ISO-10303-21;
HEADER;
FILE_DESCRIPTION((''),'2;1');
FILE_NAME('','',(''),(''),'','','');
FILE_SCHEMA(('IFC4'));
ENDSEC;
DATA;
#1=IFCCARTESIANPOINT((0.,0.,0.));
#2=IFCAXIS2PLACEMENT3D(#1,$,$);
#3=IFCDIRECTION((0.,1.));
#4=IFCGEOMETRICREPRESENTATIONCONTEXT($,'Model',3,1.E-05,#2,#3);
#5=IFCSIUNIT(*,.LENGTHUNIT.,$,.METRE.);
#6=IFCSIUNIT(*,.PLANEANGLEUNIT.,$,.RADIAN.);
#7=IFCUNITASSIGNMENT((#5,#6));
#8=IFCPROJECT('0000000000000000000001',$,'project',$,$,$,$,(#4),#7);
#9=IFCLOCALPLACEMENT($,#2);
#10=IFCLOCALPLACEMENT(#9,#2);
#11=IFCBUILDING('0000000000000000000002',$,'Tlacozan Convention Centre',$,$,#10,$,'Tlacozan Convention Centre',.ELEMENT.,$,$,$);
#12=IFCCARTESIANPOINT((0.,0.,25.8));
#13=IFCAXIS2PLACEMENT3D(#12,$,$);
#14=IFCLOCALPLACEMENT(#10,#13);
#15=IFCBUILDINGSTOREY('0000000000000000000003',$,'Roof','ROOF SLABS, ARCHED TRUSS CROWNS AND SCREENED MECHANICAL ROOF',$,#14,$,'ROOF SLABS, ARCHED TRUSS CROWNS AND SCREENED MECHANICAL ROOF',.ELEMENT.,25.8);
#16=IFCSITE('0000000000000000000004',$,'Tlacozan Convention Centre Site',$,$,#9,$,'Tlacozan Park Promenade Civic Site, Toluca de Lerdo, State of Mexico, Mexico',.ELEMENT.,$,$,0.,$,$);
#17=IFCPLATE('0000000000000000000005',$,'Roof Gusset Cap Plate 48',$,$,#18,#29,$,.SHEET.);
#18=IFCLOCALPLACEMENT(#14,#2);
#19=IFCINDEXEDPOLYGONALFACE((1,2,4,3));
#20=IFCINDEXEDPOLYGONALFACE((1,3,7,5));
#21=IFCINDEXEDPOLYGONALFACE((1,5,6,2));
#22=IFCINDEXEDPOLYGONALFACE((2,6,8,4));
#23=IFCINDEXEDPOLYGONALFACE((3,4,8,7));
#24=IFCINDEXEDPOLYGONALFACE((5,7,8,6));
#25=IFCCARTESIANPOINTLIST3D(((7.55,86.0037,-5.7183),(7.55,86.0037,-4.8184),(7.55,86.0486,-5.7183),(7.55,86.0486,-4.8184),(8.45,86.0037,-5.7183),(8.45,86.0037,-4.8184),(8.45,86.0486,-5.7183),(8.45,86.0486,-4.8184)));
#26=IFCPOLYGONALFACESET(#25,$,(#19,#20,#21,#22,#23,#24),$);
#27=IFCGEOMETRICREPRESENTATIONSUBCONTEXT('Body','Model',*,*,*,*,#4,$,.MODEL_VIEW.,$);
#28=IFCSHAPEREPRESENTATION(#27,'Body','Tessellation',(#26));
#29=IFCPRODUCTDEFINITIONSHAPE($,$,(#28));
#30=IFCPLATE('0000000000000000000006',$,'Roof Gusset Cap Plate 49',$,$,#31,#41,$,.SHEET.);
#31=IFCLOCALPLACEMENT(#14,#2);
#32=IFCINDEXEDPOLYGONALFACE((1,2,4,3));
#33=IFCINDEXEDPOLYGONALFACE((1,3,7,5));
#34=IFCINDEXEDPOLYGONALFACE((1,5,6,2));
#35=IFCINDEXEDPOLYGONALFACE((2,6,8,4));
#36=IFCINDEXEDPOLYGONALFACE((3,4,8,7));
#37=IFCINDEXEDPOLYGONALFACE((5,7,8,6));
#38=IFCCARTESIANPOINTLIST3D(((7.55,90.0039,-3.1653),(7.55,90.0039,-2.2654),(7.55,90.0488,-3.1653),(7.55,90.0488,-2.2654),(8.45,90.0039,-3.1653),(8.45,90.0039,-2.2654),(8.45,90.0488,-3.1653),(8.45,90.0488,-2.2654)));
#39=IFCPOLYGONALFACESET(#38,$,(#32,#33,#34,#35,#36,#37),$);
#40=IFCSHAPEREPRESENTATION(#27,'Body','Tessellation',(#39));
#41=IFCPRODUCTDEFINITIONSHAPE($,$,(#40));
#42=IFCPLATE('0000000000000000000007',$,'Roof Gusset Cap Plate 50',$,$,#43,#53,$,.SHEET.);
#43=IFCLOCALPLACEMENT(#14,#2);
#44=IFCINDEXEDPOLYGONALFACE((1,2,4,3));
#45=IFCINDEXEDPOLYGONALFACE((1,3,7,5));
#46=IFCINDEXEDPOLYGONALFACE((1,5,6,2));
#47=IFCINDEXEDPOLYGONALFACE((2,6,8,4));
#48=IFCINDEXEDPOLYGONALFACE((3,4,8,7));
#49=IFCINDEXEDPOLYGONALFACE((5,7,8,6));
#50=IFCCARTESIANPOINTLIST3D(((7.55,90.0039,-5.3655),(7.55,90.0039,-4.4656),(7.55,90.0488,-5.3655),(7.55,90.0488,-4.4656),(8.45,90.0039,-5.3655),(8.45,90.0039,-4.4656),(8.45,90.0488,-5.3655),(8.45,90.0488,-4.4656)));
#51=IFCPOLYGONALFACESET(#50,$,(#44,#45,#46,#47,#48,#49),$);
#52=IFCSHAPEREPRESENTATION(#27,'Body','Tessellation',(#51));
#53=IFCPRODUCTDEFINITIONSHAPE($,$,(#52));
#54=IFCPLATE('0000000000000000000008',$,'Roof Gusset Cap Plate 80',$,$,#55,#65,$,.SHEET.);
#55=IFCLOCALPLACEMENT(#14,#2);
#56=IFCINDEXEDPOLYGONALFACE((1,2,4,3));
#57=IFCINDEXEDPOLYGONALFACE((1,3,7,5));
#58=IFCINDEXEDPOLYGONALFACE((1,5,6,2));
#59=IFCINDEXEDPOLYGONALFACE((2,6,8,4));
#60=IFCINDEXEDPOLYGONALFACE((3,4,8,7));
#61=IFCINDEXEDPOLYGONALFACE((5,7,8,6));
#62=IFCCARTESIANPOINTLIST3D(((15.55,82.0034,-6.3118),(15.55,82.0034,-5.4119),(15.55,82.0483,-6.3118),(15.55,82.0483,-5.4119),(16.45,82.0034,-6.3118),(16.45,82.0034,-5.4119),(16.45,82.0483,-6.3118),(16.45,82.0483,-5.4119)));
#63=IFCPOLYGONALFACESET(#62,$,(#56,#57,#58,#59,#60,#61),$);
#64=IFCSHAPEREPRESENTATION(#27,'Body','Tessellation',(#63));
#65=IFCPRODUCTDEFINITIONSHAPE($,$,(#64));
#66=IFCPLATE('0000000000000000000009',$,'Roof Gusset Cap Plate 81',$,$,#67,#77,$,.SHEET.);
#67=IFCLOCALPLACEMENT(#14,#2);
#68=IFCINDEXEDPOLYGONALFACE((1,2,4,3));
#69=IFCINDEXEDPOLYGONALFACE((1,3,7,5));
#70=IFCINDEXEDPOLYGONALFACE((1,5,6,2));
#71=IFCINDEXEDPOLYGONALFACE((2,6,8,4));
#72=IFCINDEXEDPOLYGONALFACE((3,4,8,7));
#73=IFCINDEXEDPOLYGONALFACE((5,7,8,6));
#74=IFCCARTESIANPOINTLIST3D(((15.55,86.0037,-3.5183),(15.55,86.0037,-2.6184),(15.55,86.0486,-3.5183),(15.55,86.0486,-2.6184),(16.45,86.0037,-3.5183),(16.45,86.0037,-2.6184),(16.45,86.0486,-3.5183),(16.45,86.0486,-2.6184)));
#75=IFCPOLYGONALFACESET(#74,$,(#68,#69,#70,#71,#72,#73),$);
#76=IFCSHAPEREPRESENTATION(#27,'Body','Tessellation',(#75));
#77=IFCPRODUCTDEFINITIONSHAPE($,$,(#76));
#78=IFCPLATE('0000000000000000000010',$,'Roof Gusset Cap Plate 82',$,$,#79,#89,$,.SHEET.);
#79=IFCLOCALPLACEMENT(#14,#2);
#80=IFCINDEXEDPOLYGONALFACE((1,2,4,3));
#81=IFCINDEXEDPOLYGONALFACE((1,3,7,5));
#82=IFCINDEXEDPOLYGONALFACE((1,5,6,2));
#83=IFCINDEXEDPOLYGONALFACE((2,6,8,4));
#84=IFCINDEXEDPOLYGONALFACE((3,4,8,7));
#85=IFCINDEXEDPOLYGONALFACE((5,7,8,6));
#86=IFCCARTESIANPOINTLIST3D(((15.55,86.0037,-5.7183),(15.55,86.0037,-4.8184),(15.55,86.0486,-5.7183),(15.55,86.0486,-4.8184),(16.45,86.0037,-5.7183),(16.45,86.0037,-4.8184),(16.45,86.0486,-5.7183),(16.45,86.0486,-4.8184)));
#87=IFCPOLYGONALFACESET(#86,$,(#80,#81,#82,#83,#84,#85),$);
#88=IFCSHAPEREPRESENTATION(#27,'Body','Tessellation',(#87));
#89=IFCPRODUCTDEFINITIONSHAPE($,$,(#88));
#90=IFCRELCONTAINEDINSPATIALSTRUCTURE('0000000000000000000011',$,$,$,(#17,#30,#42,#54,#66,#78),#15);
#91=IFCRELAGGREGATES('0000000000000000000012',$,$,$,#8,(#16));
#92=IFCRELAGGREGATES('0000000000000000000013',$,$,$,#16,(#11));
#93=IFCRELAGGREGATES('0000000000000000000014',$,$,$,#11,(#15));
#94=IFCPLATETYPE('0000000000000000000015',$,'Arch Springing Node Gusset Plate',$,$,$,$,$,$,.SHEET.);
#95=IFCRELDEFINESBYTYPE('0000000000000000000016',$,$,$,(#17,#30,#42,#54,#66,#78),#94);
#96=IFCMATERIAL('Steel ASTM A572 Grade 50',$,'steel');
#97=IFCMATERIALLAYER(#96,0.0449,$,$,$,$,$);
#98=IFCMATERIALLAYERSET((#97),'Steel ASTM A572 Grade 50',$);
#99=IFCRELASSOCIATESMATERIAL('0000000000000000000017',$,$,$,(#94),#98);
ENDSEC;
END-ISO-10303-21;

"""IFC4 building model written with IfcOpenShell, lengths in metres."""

from ifc_helpers import new_model, si_unit, direction, frame, origin, origin_2d, place, context, subcontext, project, spatial, rectangle, extrude, material, layer, layer_set, type_object, element, save


model = new_model("IFC4")

# Units and contexts
model_context = context("Model", 3, precision=1e-05, world=origin(), true_north=direction((0.0, 1.0)))
body_context = subcontext(model_context, "Body", "Model", "MODEL_VIEW")
ifc_project = project(units=[si_unit("LENGTHUNIT", "METRE"), si_unit("PLANEANGLEUNIT", "RADIAN")], contexts=[model_context])

# Site, building, storey
site_placement = place(None, origin())
site = spatial("IfcSite", under=ifc_project, at=site_placement, Name="Tlacozan Convention Centre Site", LongName="Tlacozan Park Promenade Civic Site, Toluca de Lerdo, State of Mexico, Mexico", CompositionType="ELEMENT", RefElevation=0.0)
building_placement = place(site_placement, origin())
building = spatial("IfcBuilding", under=site, at=building_placement, Name="Tlacozan Convention Centre", LongName="Tlacozan Convention Centre", CompositionType="ELEMENT")
storey_placement = place(building_placement, frame((0.0, 0.0, 25.8)))
storey = spatial("IfcBuildingStorey", under=building, at=storey_placement, Name="Roof", Description="ROOF SLABS, ARCHED TRUSS CROWNS AND SCREENED MECHANICAL ROOF", LongName="ROOF SLABS, ARCHED TRUSS CROWNS AND SCREENED MECHANICAL ROOF", CompositionType="ELEMENT", Elevation=25.8)

# Plates
ifc_material_1 = material(Name="Steel ASTM A572 Grade 50", Category="steel")
ifc_layer = layer(ifc_material_1, 0.0449)
ifc_layer_set = layer_set([ifc_layer], Name="Steel ASTM A572 Grade 50")
plate_type = type_object("IfcPlateType", Name="Arch Springing Node Gusset Plate", PredefinedType="SHEET", material=ifc_layer_set)
for number, where, z_axis, x_axis, name in (
    (1, (8.0, 86.0261, -5.7183), (0.0, 0.0, 1.0), (0.0, 1.0, 0.0), "Roof Gusset Cap Plate 48"),
    (2, (8.0, 90.0264, -3.1653), (0.0, 0.0, 1.0), (0.0, 1.0, 0.0), "Roof Gusset Cap Plate 49"),
    (3, (8.0, 90.0264, -5.3655), (0.0, 0.0, 1.0), (0.0, 1.0, 0.0), "Roof Gusset Cap Plate 50"),
    (4, (16.0, 82.0259, -6.3118), (0.0, 0.0, 1.0), (0.0, 1.0, 0.0), "Roof Gusset Cap Plate 80"),
    (5, (16.0, 86.0261, -3.5183), (0.0, 0.0, 1.0), (0.0, 1.0, 0.0), "Roof Gusset Cap Plate 81"),
    (6, (16.0, 86.0261, -5.7183), (0.0, 0.0, 1.0), (0.0, 1.0, 0.0), "Roof Gusset Cap Plate 82"),
):
    element("IfcPlate", number, at=place(storey_placement, frame(where, z_axis=z_axis, x_axis=x_axis)), inside=storey, type_object=plate_type, Name=name, PredefinedType="SHEET", context=body_context, shape_type="SweptSolid", body=[
        extrude(rectangle(XDim=0.0449, YDim=0.8999, at=origin_2d()), origin(), (0.0, 0.0, 1.0), 0.8999),
    ])

save(model, "model.ifc")
